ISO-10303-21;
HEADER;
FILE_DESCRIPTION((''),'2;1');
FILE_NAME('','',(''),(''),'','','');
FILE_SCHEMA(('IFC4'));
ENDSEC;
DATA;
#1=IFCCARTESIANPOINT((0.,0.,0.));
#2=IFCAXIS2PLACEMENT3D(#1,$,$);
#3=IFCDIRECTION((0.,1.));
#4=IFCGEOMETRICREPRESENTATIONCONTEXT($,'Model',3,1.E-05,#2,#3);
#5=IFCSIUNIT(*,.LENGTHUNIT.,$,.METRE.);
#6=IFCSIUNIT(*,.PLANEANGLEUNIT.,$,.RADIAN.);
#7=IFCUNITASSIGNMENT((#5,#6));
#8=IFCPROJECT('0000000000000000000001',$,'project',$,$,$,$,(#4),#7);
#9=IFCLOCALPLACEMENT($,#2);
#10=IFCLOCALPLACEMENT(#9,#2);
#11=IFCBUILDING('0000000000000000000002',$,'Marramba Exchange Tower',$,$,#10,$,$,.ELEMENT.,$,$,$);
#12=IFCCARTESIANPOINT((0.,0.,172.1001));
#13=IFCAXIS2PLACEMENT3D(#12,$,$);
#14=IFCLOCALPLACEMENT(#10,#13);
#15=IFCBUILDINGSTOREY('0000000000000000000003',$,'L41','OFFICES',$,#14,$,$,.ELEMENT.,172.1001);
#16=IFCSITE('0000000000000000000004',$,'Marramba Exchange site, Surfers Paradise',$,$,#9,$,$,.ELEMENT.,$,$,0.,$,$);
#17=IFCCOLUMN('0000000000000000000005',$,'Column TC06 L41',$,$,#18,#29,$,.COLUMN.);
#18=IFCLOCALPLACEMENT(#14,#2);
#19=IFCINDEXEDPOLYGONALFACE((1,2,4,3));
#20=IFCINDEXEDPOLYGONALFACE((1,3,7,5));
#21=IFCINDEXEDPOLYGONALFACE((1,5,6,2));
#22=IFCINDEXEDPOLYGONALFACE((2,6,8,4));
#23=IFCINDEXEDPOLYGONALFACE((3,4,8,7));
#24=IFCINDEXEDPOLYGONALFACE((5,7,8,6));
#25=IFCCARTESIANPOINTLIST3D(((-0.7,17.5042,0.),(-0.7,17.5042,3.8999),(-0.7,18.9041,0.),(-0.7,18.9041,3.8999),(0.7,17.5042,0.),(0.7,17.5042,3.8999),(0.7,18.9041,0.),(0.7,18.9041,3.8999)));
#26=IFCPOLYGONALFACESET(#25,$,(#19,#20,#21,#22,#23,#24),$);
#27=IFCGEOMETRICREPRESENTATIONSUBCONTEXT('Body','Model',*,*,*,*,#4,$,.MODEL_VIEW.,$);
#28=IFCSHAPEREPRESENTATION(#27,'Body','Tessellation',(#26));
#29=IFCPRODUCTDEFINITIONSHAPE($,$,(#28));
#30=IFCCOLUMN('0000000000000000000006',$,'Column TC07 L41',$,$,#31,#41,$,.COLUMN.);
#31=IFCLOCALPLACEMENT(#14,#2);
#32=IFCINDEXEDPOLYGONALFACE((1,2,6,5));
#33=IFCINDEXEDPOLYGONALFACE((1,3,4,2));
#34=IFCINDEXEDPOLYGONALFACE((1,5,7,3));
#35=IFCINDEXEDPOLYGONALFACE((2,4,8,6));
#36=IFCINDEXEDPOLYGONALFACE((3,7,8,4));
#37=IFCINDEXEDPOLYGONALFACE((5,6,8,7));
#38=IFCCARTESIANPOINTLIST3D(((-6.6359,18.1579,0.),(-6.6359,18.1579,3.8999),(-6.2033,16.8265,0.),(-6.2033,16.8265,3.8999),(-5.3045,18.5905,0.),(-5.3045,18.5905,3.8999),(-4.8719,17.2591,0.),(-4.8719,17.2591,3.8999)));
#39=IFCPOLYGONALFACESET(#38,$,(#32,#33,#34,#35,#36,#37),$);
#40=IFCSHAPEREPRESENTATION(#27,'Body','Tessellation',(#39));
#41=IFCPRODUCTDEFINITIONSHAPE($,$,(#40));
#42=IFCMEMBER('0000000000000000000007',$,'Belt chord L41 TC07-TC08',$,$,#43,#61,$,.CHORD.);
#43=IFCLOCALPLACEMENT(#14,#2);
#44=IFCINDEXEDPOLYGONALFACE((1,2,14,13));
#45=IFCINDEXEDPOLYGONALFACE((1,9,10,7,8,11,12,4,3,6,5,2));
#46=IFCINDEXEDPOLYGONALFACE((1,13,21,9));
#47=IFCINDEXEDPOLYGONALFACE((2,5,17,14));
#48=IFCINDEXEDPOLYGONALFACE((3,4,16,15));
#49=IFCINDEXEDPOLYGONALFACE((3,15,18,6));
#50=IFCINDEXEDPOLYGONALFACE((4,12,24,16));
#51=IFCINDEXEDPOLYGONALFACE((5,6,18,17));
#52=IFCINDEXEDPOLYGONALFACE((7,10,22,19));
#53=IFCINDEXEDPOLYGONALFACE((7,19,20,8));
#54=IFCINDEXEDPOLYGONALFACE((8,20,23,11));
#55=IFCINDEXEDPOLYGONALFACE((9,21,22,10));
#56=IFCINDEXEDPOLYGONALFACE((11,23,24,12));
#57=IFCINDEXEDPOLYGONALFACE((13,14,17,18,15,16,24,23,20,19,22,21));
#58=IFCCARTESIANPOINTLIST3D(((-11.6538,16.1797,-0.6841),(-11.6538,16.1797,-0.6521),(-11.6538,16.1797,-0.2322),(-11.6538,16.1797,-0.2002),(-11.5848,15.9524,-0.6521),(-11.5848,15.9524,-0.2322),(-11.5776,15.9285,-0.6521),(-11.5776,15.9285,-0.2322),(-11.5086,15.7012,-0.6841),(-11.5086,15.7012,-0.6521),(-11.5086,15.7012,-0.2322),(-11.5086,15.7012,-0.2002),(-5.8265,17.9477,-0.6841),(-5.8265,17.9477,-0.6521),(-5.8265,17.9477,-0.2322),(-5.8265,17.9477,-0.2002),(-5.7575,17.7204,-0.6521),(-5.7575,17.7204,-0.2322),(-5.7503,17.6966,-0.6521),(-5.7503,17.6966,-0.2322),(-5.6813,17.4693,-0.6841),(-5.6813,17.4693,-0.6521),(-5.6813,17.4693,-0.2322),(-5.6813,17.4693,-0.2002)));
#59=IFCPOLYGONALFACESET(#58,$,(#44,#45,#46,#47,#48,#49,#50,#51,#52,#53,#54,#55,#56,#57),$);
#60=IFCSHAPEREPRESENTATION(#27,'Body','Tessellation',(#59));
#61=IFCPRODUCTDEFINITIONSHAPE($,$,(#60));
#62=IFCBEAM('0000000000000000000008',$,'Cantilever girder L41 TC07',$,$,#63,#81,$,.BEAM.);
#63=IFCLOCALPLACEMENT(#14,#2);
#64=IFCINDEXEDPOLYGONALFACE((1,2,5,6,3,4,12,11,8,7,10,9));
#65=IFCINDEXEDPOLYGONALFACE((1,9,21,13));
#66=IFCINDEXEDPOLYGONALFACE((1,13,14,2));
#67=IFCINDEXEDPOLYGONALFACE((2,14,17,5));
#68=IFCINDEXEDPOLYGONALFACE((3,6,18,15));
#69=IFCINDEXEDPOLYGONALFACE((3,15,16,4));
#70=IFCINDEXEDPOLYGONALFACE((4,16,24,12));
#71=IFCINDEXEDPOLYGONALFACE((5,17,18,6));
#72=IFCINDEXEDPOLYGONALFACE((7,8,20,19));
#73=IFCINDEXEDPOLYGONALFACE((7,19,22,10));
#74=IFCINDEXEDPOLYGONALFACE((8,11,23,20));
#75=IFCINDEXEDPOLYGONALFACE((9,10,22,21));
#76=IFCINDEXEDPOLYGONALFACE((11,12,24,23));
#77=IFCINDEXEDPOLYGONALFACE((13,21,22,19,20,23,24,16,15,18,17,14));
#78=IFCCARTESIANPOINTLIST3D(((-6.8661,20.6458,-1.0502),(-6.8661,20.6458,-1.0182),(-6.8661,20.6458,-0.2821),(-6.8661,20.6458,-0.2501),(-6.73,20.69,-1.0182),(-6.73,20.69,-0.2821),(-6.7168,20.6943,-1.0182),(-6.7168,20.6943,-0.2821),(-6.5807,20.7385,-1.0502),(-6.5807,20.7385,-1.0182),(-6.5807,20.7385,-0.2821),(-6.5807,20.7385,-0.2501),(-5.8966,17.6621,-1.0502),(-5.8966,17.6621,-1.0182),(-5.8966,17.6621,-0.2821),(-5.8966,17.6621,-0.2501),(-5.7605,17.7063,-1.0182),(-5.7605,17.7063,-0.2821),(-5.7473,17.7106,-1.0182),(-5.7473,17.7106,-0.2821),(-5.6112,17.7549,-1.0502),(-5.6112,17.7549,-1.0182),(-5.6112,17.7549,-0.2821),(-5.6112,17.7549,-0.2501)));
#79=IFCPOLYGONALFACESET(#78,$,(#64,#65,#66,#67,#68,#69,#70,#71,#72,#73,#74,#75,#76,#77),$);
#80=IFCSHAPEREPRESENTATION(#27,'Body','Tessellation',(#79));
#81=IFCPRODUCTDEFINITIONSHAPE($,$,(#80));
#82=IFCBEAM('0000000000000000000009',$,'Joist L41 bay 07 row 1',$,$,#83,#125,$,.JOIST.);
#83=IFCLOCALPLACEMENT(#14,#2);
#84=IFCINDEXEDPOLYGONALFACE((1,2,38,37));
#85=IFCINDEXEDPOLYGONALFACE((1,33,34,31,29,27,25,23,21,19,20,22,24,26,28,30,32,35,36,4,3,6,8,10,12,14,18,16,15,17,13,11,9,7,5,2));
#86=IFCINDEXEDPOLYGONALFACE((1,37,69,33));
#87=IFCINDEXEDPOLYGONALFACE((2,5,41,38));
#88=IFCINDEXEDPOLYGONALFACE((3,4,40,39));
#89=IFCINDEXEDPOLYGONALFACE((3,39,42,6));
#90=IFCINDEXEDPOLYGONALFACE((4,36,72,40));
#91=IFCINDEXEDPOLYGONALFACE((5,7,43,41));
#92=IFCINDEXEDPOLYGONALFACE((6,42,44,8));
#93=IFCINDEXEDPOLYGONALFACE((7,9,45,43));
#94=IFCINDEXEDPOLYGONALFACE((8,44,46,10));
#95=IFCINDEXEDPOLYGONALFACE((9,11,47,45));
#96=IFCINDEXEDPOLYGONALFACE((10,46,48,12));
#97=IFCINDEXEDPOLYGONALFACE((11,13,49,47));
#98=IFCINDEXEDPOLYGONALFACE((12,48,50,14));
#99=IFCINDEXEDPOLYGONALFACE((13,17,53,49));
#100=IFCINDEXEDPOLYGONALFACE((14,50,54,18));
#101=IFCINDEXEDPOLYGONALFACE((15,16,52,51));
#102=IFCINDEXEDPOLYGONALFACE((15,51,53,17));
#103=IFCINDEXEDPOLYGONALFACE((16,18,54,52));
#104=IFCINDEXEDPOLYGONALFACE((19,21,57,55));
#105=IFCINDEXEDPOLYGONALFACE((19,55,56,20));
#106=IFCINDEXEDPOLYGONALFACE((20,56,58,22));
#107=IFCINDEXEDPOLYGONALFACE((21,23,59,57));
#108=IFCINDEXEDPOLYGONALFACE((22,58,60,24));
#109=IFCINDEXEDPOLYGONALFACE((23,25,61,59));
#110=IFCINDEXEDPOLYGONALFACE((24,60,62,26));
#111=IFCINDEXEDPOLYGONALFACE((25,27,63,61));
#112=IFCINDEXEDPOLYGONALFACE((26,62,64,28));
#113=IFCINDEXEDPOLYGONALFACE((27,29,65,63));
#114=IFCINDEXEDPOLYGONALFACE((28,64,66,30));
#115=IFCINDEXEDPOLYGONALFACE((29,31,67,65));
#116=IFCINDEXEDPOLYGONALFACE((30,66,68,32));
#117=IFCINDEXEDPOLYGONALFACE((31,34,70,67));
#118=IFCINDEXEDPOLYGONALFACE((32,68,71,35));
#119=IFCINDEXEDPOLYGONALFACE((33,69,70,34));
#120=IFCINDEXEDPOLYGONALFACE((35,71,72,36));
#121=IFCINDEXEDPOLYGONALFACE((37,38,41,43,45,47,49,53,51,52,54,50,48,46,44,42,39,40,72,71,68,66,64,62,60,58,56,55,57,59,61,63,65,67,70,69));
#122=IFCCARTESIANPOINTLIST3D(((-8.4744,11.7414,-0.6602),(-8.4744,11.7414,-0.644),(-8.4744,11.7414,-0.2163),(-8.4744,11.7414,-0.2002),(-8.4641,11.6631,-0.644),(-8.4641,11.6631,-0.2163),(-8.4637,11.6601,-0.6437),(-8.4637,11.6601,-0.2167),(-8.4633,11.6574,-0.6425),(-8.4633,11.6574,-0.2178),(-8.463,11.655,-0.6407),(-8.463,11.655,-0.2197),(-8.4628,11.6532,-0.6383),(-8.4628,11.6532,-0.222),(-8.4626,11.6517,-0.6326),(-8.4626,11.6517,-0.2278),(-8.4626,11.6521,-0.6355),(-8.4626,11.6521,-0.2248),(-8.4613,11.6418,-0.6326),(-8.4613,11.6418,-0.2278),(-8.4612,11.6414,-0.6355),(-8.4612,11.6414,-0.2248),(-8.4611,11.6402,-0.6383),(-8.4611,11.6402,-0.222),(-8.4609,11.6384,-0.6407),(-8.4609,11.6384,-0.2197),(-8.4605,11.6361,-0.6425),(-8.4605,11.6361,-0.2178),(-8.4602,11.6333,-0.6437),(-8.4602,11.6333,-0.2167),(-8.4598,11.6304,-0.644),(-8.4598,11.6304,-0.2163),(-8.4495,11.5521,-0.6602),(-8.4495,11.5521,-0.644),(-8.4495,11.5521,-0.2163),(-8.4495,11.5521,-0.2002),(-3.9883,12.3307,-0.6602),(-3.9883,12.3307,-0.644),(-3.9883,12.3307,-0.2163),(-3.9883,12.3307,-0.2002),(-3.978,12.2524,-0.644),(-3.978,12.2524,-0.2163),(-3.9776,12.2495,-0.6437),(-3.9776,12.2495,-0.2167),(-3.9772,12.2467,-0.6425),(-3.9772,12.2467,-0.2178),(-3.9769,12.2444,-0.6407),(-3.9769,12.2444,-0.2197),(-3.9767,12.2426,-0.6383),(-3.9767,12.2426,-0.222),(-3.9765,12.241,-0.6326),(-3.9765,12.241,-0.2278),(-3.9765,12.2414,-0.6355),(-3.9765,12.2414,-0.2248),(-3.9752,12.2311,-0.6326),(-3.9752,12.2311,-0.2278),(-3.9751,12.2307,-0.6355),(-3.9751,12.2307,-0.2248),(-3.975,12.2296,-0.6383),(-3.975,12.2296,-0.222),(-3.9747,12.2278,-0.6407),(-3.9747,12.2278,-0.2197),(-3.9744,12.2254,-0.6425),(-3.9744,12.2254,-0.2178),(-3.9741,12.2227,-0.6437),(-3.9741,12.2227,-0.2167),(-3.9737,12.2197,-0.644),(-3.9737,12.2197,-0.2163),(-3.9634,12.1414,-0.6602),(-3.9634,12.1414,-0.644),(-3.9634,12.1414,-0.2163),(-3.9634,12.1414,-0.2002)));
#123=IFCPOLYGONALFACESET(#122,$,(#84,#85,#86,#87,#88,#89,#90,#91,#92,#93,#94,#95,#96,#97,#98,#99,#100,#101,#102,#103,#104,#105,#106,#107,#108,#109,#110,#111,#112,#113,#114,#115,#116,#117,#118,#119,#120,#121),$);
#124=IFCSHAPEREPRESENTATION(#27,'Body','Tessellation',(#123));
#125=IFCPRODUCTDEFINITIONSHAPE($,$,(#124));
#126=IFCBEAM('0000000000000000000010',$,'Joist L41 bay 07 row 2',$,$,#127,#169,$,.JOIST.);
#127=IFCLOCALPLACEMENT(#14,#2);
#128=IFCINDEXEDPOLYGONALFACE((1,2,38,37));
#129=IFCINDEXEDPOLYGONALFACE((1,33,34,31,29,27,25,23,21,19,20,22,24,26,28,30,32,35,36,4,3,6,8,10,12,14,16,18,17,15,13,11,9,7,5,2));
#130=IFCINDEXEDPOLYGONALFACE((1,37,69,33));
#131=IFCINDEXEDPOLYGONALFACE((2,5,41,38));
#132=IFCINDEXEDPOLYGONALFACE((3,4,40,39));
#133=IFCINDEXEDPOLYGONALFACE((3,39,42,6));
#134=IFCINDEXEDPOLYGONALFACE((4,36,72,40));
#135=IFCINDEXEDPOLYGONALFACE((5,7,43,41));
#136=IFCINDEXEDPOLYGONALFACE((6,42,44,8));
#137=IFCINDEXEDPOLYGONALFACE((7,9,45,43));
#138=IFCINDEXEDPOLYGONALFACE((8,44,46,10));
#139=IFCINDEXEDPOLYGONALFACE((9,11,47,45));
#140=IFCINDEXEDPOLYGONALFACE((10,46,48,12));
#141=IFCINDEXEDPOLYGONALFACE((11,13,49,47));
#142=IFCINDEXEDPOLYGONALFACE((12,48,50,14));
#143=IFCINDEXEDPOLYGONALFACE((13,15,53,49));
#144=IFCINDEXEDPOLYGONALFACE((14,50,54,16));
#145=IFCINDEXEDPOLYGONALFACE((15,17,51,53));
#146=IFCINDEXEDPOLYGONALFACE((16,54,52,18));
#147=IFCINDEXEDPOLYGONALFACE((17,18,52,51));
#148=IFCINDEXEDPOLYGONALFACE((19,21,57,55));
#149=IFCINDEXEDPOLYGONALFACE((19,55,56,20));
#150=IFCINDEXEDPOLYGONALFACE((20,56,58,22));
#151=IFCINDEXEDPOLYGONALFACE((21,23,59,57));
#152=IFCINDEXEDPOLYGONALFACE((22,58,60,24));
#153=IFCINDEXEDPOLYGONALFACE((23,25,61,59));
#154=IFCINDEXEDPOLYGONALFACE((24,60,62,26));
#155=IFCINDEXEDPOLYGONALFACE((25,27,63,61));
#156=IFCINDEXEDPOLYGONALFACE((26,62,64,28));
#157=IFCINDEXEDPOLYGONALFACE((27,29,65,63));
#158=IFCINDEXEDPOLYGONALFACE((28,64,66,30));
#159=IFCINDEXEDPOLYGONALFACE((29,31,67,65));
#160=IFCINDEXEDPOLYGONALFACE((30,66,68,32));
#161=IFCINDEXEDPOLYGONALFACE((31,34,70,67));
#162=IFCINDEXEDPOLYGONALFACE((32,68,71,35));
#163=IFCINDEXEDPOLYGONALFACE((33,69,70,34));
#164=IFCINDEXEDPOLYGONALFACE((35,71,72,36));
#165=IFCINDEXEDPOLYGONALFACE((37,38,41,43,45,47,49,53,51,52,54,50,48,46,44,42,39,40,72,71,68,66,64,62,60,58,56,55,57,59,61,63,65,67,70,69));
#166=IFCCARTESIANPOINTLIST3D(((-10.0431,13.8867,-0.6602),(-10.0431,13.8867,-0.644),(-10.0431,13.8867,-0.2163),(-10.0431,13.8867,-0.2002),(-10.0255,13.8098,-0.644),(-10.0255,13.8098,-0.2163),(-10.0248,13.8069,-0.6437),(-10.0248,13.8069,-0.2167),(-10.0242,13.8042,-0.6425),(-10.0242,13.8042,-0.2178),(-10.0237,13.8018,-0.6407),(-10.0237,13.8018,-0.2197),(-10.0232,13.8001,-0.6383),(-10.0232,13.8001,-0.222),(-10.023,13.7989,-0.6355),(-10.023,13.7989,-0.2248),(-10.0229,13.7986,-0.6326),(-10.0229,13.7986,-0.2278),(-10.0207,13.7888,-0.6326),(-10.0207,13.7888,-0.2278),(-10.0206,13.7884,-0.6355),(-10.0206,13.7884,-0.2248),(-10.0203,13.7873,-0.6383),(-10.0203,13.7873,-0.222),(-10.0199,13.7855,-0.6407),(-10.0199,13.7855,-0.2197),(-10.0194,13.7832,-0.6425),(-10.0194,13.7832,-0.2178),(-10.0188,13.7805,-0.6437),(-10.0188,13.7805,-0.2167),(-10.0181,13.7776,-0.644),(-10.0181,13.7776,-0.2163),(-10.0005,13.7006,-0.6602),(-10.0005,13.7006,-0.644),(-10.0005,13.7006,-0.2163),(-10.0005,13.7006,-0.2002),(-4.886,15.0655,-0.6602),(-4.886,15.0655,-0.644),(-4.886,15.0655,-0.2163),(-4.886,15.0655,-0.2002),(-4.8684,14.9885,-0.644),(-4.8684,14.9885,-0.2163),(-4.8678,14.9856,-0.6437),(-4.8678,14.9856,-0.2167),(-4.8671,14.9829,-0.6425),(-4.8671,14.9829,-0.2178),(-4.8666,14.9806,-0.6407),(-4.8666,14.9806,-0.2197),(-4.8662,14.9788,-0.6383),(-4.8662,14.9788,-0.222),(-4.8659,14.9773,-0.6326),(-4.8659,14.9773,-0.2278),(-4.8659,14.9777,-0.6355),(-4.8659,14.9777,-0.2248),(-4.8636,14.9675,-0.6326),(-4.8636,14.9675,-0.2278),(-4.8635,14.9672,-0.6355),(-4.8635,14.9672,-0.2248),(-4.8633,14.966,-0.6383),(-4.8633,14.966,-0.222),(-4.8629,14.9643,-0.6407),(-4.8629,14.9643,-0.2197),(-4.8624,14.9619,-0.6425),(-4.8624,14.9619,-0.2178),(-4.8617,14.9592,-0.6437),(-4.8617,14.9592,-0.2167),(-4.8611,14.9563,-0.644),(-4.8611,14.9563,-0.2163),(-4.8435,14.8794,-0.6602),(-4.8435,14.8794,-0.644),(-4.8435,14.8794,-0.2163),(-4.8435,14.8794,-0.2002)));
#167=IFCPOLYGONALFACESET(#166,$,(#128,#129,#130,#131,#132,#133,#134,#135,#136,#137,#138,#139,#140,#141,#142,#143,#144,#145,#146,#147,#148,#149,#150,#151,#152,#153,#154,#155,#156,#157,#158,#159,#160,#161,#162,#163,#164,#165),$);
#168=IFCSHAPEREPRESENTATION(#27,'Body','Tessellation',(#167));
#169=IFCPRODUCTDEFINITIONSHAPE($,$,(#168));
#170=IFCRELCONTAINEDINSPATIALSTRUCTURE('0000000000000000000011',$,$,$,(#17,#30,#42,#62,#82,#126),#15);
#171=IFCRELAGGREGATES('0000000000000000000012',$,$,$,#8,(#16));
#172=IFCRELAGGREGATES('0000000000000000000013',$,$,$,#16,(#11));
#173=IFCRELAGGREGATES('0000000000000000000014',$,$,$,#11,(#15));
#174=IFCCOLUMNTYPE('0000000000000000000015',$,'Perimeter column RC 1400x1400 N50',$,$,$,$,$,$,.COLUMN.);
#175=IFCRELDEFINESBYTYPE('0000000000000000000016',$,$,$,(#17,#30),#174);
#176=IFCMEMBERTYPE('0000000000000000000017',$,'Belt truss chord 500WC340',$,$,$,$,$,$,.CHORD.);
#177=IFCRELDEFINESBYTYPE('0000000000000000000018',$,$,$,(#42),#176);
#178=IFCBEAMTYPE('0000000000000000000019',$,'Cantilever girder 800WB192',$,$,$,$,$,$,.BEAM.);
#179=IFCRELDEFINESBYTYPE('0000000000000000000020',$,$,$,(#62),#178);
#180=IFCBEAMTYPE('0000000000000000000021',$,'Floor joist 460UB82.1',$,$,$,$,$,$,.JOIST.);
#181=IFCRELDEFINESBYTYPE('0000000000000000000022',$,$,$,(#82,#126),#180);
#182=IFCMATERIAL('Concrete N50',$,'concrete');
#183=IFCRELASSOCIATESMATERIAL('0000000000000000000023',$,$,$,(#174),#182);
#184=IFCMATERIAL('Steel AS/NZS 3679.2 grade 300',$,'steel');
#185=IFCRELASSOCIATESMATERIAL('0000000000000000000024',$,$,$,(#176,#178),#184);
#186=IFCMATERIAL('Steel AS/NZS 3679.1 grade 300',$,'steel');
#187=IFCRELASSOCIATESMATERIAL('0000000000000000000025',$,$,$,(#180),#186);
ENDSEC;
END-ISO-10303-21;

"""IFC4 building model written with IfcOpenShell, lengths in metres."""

from ifc_helpers import new_model, si_unit, direction, frame, origin, origin_2d, place, context, subcontext, project, spatial, rectangle, i_section, extrude, material, material_profile, profile_set, type_object, element, save


model = new_model("IFC4")

# Units and contexts
model_context = context("Model", 3, precision=1e-05, world=origin(), true_north=direction((0.0, 1.0)))
body_context = subcontext(model_context, "Body", "Model", "MODEL_VIEW")
ifc_project = project(units=[si_unit("LENGTHUNIT", "METRE"), si_unit("PLANEANGLEUNIT", "RADIAN")], contexts=[model_context])

# Site, building, storey
site_placement = place(None, origin())
site = spatial("IfcSite", under=ifc_project, at=site_placement, Name="Marramba Exchange site, Surfers Paradise", CompositionType="ELEMENT", RefElevation=0.0)
building_placement = place(site_placement, origin())
building = spatial("IfcBuilding", under=site, at=building_placement, Name="Marramba Exchange Tower", CompositionType="ELEMENT")
storey_placement = place(building_placement, frame((0.0, 0.0, 172.1001)))
storey = spatial("IfcBuildingStorey", under=building, at=storey_placement, Name="L41", Description="OFFICES", CompositionType="ELEMENT", Elevation=172.1001)

# Columns
ifc_material_1 = material(Name="Concrete N50", Category="concrete")
ifc_material_profile_1 = material_profile(ifc_material_1, rectangle(XDim=1.3999, YDim=1.3999, at=origin_2d()), Name="RC 1400x1400")
ifc_profile_set_1 = profile_set([ifc_material_profile_1], Name="Concrete N50")
column_type = type_object("IfcColumnType", Name="Perimeter column RC 1400x1400 N50", PredefinedType="COLUMN", material=ifc_profile_set_1)
for number, where, z_axis, x_axis, name in (
    (1, (0.0, 18.2041, 0.0), (0.0, 0.0, 1.0), (0.0, 1.0, 0.0), "Column TC06 L41"),
    (2, (-5.7539, 17.7085, 0.0), (0.0, 0.0, 1.0), (-0.309017, 0.951057, 0.0), "Column TC07 L41"),
):
    element("IfcColumn", number, at=place(storey_placement, frame(where, z_axis=z_axis, x_axis=x_axis)), inside=storey, type_object=column_type, Name=name, PredefinedType="COLUMN", context=body_context, shape_type="SweptSolid", body=[
        extrude(rectangle(XDim=1.3999, YDim=1.3999, at=origin_2d()), origin(), (0.0, 0.0, 1.0), 3.8999),
    ])

# Member
ifc_material_2 = material(Name="Steel AS/NZS 3679.2 grade 300", Category="steel")
ifc_material_profile_2 = material_profile(ifc_material_2, i_section(OverallWidth=0.5, OverallDepth=0.4839, WebThickness=0.0249, FlangeThickness=0.032, at=origin_2d()), Name="500WC340")
ifc_profile_set_2 = profile_set([ifc_material_profile_2], Name="Steel AS/NZS 3679.2 grade 300")
member_type_1 = type_object("IfcMemberType", Name="Belt truss chord 500WC340", PredefinedType="CHORD", material=ifc_profile_set_2)
member_1_placement = place(storey_placement, frame((-5.7539, 17.7085, -0.4421), z_axis=(-0.956925, -0.290337, 0.0), x_axis=(0.290337, -0.956925, 0.0)))
element("IfcMember", 3, at=member_1_placement, inside=storey, type_object=member_type_1, Name="Belt chord L41 TC07-TC08", PredefinedType="CHORD", context=body_context, shape_type="SweptSolid", body=[
    extrude(i_section(OverallWidth=0.5, OverallDepth=0.4839, WebThickness=0.0249, FlangeThickness=0.032, at=origin_2d()), origin(), (0.0, 0.0, 1.0), 6.0896),
])

# Beams
ifc_material_profile_3 = material_profile(ifc_material_2, i_section(OverallWidth=0.3, OverallDepth=0.8, WebThickness=0.0139, FlangeThickness=0.032, at=origin_2d()), Name="800WB192")
ifc_profile_set_3 = profile_set([ifc_material_profile_3], Name="Steel AS/NZS 3679.2 grade 300")
beam_type_1 = type_object("IfcBeamType", Name="Cantilever girder 800WB192", PredefinedType="BEAM", material=ifc_profile_set_3)
beam_1_placement = place(storey_placement, frame((-5.7539, 17.7085, -0.6501), z_axis=(-0.309028, 0.951053, 0.0), x_axis=(-0.951053, -0.309028, 0.0)))
element("IfcBeam", 4, at=beam_1_placement, inside=storey, type_object=beam_type_1, Name="Cantilever girder L41 TC07", PredefinedType="BEAM", context=body_context, shape_type="SweptSolid", body=[
    extrude(i_section(OverallWidth=0.3, OverallDepth=0.8, WebThickness=0.0139, FlangeThickness=0.032, at=origin_2d()), origin(), (0.0, 0.0, 1.0), 3.1372),
])
ifc_material_3 = material(Name="Steel AS/NZS 3679.1 grade 300", Category="steel")
ifc_material_profile_4 = material_profile(ifc_material_3, i_section(OverallWidth=0.1909, OverallDepth=0.46, WebThickness=0.01, FlangeThickness=0.0161, FilletRadius=0.0115, at=origin_2d()), Name="460UB82.1")
ifc_profile_set_4 = profile_set([ifc_material_profile_4], Name="Steel AS/NZS 3679.1 grade 300")
beam_type_2 = type_object("IfcBeamType", Name="Floor joist 460UB82.1", PredefinedType="JOIST", material=ifc_profile_set_4)
beam_2_placement = place(storey_placement, frame((-3.9758, 12.2361, -0.4302), z_axis=(-0.991481, -0.130255, 0.0), x_axis=(0.130255, -0.991481, 0.0)))
element("IfcBeam", 5, at=beam_2_placement, inside=storey, type_object=beam_type_2, Name="Joist L41 bay 07 row 1", PredefinedType="JOIST", context=body_context, shape_type="SweptSolid", body=[
    extrude(i_section(OverallWidth=0.1909, OverallDepth=0.46, WebThickness=0.01, FlangeThickness=0.0161, FilletRadius=0.0115, at=origin_2d()), origin(), (0.0, 0.0, 1.0), 4.5247),
])
beam_3_placement = place(storey_placement, frame((-4.8647, 14.9724, -0.4302), z_axis=(-0.97486, -0.22282, 0.0), x_axis=(0.22282, -0.97486, 0.0)))
element("IfcBeam", 6, at=beam_3_placement, inside=storey, type_object=beam_type_2, Name="Joist L41 bay 07 row 2", PredefinedType="JOIST", context=body_context, shape_type="SweptSolid", body=[
    extrude(i_section(OverallWidth=0.1909, OverallDepth=0.46, WebThickness=0.01, FlangeThickness=0.0161, FilletRadius=0.0115, at=origin_2d()), origin(), (0.0, 0.0, 1.0), 5.29),
])

save(model, "model.ifc")
